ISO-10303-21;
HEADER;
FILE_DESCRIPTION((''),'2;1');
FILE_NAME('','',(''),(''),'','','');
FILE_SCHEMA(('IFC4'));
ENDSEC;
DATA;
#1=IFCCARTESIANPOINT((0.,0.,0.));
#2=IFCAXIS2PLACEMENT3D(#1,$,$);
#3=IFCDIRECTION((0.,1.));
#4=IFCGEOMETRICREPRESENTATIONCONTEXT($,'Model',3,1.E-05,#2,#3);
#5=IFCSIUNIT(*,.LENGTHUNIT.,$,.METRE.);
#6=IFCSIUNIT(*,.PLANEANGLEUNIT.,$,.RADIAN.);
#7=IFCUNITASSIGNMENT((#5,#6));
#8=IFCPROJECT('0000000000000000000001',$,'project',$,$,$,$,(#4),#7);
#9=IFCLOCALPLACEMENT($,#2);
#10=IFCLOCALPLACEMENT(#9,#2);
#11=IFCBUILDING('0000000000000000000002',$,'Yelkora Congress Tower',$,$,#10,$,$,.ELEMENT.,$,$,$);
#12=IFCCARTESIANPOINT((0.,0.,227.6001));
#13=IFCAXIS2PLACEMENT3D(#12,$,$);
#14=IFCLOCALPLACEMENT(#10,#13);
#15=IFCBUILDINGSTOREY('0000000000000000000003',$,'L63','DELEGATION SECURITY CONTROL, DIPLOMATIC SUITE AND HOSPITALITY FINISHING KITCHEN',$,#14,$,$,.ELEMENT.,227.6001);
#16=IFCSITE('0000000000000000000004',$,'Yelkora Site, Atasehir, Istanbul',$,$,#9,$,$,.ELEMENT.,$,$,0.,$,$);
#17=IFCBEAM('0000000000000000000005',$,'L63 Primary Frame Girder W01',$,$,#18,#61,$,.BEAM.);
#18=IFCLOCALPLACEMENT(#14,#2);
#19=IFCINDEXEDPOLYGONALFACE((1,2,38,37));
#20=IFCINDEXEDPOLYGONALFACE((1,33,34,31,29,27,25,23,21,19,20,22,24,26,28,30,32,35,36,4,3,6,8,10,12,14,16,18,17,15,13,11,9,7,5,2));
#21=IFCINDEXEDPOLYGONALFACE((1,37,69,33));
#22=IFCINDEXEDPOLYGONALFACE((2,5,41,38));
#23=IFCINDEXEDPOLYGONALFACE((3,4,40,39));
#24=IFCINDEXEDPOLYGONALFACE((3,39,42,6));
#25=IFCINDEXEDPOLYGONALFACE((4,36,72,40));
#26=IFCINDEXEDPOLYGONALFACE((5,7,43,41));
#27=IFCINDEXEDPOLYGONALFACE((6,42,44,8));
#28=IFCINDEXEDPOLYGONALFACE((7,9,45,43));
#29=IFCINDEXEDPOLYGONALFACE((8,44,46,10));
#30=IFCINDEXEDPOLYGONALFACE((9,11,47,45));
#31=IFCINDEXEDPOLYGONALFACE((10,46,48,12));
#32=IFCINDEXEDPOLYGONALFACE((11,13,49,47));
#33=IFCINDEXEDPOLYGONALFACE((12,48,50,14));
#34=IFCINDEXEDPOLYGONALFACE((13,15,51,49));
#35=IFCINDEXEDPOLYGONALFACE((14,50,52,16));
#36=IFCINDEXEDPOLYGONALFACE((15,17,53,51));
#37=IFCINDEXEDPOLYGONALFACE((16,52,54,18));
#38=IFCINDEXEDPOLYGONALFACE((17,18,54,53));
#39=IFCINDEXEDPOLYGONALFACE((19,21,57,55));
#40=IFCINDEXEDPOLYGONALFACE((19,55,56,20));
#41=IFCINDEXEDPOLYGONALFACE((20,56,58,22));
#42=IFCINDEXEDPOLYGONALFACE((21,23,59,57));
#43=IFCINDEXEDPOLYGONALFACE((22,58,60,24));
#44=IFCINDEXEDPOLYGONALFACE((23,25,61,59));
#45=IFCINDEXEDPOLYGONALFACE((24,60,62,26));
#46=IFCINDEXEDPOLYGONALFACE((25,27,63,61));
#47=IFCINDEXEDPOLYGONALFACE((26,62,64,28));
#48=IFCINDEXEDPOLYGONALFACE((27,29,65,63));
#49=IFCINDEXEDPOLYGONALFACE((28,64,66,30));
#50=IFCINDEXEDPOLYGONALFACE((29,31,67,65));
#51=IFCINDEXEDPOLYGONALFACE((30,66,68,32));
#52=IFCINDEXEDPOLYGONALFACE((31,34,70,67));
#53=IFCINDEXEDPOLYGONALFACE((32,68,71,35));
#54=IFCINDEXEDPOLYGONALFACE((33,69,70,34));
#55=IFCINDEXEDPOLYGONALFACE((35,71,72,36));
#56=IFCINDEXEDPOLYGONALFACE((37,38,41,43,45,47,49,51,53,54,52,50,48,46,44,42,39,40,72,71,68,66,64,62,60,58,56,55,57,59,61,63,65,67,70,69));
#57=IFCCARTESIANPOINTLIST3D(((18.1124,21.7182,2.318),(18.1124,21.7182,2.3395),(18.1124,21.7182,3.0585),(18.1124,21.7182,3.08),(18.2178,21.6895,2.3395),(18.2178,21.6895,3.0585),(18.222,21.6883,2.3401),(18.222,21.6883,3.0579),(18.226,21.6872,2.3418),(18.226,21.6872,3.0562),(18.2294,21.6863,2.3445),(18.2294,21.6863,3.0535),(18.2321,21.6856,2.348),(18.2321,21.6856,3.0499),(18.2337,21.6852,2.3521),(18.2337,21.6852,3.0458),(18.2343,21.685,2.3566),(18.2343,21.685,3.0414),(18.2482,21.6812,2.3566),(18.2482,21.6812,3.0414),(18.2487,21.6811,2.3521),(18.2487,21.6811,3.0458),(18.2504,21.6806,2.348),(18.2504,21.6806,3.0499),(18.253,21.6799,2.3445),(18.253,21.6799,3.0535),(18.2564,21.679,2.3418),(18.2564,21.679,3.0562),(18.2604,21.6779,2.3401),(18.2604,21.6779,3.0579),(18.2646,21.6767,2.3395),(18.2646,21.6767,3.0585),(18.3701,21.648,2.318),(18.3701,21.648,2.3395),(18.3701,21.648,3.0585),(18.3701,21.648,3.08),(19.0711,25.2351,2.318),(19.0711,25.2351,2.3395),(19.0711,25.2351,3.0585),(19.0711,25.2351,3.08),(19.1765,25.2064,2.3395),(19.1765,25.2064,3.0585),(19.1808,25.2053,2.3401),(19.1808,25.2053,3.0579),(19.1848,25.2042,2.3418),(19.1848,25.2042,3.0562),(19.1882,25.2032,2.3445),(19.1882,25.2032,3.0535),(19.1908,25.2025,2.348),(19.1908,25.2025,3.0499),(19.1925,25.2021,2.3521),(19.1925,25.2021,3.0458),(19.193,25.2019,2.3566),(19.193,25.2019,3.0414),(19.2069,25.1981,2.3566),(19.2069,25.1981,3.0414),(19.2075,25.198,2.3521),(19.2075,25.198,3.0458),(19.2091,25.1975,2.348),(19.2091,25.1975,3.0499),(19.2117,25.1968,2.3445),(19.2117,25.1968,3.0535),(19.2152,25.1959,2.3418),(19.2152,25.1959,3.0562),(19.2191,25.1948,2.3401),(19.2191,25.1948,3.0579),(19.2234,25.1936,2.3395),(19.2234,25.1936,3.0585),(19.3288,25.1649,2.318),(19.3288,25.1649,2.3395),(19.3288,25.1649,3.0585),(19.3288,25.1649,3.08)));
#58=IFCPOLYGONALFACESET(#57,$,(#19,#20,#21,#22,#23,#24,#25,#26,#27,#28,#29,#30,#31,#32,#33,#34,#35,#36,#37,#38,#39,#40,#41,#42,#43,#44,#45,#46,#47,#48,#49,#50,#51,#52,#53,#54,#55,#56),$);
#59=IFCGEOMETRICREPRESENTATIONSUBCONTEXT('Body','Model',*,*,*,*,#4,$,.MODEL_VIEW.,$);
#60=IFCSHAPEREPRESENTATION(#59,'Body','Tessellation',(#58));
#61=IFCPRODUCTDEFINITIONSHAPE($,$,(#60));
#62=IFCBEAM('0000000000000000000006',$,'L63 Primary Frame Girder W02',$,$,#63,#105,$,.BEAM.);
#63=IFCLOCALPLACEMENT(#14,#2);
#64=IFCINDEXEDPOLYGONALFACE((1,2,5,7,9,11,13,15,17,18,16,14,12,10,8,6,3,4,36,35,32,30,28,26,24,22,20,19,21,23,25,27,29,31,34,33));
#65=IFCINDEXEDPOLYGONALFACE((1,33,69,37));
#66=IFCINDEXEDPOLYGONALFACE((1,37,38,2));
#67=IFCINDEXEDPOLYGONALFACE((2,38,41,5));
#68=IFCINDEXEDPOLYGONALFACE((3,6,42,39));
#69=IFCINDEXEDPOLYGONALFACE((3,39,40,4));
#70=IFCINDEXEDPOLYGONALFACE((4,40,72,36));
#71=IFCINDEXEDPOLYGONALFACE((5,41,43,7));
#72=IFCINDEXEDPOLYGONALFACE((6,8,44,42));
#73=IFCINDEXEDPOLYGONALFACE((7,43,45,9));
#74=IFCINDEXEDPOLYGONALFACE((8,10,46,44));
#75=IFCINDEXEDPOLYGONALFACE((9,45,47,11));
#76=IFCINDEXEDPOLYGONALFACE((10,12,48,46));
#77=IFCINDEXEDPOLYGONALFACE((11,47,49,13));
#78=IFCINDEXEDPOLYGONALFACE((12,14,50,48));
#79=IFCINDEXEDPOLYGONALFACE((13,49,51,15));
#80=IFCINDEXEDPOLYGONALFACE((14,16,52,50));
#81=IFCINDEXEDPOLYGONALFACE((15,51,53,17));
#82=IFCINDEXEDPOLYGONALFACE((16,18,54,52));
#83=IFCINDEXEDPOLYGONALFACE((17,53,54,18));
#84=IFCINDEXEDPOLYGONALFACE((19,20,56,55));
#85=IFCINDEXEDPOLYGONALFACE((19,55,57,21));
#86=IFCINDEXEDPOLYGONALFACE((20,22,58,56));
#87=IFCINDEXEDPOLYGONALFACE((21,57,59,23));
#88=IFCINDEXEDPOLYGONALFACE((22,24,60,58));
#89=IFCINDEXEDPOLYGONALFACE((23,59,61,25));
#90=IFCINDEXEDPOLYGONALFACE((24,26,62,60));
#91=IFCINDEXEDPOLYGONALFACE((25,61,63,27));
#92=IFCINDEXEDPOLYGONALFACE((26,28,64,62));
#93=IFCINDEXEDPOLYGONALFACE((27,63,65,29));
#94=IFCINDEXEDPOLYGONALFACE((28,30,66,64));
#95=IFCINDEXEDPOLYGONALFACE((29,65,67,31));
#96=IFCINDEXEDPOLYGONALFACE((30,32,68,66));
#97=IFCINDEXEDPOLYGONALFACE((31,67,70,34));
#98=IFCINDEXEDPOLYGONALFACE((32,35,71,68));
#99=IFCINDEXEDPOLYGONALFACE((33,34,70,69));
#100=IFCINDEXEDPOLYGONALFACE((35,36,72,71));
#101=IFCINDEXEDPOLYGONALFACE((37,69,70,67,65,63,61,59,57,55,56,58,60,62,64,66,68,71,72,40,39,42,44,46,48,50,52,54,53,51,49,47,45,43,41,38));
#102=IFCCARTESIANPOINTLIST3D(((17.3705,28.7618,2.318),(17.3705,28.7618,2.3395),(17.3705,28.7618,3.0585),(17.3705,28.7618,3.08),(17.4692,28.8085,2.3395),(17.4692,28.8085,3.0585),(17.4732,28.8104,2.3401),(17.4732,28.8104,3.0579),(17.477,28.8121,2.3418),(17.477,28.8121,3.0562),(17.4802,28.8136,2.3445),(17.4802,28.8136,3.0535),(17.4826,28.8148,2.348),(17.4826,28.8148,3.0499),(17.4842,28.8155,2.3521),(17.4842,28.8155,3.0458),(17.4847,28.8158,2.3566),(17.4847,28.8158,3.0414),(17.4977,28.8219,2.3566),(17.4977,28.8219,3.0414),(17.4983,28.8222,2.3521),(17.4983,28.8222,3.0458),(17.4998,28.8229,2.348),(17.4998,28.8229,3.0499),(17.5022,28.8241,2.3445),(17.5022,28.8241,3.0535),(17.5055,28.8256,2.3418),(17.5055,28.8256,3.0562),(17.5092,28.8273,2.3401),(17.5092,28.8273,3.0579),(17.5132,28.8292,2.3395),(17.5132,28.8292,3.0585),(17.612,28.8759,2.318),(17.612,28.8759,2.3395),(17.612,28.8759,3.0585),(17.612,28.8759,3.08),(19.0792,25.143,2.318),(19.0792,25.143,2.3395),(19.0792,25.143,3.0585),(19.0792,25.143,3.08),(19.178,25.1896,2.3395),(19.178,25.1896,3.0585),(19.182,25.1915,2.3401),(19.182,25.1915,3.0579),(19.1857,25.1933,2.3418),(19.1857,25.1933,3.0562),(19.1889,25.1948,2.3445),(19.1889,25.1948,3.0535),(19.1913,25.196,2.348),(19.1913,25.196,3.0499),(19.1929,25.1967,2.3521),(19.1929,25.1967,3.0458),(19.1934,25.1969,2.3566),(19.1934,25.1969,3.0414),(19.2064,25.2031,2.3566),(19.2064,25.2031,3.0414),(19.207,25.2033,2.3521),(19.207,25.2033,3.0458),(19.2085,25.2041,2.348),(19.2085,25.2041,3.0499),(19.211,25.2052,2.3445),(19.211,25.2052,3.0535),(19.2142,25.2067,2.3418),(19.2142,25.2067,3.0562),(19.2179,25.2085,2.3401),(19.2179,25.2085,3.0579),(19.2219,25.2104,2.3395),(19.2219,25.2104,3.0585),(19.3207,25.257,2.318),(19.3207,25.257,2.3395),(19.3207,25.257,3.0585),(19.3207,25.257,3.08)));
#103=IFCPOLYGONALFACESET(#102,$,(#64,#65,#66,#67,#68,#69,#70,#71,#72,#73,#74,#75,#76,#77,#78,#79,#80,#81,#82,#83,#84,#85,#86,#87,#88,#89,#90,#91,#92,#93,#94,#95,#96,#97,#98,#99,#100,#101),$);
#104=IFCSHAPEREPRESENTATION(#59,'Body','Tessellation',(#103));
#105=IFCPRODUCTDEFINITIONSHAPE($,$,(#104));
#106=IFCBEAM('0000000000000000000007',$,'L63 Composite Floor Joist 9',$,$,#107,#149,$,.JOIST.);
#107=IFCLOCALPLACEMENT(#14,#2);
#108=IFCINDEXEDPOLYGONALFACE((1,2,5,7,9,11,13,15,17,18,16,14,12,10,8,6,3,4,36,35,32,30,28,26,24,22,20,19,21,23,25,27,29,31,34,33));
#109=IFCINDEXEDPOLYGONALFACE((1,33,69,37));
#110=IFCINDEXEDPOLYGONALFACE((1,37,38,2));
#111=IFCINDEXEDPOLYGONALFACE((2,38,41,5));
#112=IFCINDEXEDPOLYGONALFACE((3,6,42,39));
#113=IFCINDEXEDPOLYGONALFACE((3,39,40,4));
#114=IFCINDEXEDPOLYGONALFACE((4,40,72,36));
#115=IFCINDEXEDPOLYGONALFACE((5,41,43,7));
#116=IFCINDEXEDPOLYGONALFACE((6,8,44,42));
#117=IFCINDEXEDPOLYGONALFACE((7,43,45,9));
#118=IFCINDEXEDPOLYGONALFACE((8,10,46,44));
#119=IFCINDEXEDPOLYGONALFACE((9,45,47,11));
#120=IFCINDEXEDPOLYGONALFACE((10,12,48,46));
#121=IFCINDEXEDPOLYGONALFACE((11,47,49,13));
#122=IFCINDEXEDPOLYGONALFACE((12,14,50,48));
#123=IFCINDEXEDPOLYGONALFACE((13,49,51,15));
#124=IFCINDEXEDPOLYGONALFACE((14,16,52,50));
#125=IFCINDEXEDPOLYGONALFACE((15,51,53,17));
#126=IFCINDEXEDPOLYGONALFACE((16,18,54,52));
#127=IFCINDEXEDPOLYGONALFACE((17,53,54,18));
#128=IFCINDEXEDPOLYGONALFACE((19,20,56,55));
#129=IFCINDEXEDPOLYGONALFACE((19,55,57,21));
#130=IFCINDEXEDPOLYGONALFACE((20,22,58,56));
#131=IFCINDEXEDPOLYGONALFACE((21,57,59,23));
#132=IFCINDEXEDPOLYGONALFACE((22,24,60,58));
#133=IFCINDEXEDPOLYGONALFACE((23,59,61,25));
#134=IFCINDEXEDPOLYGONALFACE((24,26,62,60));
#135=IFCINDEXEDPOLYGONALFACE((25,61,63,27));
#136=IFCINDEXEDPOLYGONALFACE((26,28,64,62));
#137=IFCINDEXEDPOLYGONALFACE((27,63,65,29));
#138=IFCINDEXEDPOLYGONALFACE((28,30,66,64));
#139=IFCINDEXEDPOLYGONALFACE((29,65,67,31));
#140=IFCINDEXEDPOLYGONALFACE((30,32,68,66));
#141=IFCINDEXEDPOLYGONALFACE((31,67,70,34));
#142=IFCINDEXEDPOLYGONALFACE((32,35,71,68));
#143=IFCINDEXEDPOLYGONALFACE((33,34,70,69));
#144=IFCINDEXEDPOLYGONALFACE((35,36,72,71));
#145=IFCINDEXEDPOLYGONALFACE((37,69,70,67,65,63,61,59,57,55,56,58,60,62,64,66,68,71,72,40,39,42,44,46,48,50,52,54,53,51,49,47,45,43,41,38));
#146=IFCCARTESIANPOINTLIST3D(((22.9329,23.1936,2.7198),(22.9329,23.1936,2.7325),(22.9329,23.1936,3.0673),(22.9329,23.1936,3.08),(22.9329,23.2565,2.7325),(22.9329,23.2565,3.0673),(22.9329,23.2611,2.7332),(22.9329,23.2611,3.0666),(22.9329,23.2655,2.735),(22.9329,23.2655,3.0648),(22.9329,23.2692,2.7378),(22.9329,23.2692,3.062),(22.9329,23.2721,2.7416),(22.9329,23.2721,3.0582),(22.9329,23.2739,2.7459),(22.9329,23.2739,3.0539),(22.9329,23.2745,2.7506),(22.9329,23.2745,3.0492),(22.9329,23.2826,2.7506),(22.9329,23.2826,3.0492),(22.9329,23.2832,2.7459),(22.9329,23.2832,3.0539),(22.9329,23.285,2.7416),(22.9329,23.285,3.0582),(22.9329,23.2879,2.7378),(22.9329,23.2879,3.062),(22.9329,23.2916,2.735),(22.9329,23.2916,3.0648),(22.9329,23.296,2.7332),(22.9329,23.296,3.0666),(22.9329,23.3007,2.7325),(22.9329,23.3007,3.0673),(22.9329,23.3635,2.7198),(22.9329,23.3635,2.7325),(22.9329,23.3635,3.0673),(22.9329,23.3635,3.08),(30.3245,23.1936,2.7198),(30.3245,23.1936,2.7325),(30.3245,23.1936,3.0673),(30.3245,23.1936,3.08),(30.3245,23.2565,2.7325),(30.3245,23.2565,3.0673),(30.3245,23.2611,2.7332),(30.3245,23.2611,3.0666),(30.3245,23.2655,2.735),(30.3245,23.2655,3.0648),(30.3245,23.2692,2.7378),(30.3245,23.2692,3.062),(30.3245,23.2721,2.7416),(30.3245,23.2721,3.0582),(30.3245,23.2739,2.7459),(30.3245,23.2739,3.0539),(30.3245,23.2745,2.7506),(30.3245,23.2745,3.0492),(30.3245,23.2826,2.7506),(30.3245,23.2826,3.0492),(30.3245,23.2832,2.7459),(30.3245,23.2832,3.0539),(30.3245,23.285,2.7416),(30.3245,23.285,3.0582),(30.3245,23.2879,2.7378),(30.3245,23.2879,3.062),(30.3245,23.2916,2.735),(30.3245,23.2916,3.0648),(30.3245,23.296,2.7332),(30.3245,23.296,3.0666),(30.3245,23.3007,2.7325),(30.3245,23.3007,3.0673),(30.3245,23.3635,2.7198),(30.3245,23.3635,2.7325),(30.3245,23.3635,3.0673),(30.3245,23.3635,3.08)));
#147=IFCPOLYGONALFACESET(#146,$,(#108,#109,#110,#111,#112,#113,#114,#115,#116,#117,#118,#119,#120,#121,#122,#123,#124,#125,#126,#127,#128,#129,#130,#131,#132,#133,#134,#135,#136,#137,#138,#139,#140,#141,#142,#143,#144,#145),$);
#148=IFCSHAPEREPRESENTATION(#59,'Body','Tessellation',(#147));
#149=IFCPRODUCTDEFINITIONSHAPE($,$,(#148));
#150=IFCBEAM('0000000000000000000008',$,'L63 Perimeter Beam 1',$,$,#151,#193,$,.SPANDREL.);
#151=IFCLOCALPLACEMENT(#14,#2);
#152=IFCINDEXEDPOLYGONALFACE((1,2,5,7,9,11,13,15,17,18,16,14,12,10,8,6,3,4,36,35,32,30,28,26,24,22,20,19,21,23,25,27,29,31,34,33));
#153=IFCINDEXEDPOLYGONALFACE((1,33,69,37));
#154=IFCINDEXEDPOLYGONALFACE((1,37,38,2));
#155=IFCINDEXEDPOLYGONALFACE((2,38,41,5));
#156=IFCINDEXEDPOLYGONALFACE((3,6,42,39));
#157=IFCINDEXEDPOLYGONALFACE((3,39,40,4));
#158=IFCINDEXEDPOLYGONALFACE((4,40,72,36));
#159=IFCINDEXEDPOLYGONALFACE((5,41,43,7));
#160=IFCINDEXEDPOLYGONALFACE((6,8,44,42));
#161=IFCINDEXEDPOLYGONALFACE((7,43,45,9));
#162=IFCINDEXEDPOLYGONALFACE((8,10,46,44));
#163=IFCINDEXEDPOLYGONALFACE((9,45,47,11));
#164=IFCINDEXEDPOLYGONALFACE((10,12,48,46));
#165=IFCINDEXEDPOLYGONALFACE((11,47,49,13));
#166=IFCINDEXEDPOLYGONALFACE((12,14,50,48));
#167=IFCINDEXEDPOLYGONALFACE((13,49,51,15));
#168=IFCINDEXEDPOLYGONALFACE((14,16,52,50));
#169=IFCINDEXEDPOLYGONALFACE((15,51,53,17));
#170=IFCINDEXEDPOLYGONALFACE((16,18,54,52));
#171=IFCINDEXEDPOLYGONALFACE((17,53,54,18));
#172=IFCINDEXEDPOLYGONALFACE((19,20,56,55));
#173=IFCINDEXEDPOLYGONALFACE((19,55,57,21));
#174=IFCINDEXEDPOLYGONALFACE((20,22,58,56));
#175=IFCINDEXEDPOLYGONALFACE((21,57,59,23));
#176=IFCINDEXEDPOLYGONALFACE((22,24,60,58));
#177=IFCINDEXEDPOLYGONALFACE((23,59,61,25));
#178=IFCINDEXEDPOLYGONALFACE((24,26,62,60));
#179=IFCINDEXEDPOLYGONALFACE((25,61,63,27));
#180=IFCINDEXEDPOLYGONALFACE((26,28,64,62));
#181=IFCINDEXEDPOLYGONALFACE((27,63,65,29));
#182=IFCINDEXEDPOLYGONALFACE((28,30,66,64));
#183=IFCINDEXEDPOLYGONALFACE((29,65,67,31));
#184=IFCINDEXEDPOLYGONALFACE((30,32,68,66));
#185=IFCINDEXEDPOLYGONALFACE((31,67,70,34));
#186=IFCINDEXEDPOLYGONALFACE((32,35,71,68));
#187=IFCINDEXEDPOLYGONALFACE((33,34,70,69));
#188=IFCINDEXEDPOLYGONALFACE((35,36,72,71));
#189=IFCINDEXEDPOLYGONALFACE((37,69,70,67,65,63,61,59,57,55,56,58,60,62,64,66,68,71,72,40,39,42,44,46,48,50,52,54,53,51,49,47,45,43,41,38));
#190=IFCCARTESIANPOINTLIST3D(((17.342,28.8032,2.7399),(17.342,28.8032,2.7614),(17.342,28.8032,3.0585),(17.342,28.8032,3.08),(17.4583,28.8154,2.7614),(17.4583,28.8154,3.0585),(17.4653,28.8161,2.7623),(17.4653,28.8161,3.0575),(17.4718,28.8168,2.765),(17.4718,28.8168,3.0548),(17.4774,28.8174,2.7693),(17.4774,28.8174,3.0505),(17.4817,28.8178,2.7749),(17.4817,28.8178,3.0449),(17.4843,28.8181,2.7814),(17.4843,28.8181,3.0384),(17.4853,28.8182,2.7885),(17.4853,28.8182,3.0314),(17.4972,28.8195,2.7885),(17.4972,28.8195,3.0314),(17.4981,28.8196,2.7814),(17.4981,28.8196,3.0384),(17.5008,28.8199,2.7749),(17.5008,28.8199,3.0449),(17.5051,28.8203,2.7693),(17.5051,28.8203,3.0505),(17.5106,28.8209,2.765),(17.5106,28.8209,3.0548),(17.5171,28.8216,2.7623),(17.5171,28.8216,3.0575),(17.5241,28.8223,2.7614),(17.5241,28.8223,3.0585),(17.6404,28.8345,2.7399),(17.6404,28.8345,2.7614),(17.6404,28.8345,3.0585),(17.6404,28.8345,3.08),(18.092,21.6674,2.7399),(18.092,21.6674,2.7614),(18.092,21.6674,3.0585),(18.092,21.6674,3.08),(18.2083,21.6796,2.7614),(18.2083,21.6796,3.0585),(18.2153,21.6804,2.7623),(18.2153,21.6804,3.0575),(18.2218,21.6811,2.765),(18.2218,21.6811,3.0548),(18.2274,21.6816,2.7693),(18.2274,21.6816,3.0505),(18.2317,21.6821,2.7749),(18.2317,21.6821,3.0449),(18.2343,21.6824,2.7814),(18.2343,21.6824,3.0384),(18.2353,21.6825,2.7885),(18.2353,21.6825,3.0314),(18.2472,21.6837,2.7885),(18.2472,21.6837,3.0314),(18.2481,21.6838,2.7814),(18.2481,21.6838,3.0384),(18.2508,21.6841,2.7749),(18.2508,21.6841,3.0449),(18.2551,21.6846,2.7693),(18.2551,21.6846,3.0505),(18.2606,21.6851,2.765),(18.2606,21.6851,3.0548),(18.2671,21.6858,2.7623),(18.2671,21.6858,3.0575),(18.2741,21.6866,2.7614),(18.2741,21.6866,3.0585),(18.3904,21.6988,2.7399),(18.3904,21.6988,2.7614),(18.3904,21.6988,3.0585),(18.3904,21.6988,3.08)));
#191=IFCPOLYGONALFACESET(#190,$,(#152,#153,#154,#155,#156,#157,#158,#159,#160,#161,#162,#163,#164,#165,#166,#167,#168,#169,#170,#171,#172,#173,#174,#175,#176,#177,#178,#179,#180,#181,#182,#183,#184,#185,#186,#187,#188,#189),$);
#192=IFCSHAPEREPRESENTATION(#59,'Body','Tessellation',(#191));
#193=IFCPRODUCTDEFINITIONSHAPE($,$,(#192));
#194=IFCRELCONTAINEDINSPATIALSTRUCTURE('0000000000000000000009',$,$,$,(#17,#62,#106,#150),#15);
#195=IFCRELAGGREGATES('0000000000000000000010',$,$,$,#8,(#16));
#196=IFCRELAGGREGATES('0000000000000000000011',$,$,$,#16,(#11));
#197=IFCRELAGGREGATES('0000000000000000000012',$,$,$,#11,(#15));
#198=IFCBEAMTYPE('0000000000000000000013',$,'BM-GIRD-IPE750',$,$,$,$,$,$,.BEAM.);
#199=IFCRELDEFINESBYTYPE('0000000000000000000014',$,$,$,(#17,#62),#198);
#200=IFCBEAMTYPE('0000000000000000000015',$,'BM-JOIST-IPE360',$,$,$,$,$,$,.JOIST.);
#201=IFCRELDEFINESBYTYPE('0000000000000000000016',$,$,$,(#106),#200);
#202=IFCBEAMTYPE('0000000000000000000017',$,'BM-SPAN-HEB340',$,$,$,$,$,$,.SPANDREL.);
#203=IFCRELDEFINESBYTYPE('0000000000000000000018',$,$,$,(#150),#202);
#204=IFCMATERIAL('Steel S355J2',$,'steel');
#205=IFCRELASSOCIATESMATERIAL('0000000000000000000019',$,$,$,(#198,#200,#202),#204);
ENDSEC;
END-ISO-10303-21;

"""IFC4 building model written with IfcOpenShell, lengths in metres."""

from ifc_helpers import new_model, si_unit, direction, frame, origin, origin_2d, place, context, subcontext, project, spatial, i_section, extrude, material, material_profile, profile_set, type_object, element, save


model = new_model("IFC4")

# Units and contexts
model_context = context("Model", 3, precision=1e-05, world=origin(), true_north=direction((0.0, 1.0)))
body_context = subcontext(model_context, "Body", "Model", "MODEL_VIEW")
ifc_project = project(units=[si_unit("LENGTHUNIT", "METRE"), si_unit("PLANEANGLEUNIT", "RADIAN")], contexts=[model_context])

# Site, building, storey
site_placement = place(None, origin())
site = spatial("IfcSite", under=ifc_project, at=site_placement, Name="Yelkora Site, Atasehir, Istanbul", CompositionType="ELEMENT", RefElevation=0.0)
building_placement = place(site_placement, origin())
building = spatial("IfcBuilding", under=site, at=building_placement, Name="Yelkora Congress Tower", CompositionType="ELEMENT")
storey_placement = place(building_placement, frame((0.0, 0.0, 227.6001)))
storey = spatial("IfcBuildingStorey", under=building, at=storey_placement, Name="L63", Description="DELEGATION SECURITY CONTROL, DIPLOMATIC SUITE AND HOSPITALITY FINISHING KITCHEN", CompositionType="ELEMENT", Elevation=227.6001)

# Shared definitions
ifc_material_1 = material(Name="Steel S355J2", Category="steel")

# Beams
ifc_material_profile_1 = material_profile(ifc_material_1, i_section(OverallWidth=0.2671, OverallDepth=0.762, WebThickness=0.0144, FlangeThickness=0.0215, FilletRadius=0.0171, at=origin_2d()), Name="IPE 750x173")
ifc_profile_set_1 = profile_set([ifc_material_profile_1], Name="Steel S355J2")
beam_type_1 = type_object("IfcBeamType", Name="BM-GIRD-IPE750", PredefinedType="BEAM", material=ifc_profile_set_1)
beam_1_placement = place(storey_placement, frame((18.2412, 21.6831, 2.699), z_axis=(0.263015, 0.964792, 0.0), x_axis=(-0.964792, 0.263015, 0.0)))
element("IfcBeam", 1, at=beam_1_placement, inside=storey, type_object=beam_type_1, Name="L63 Primary Frame Girder W01", PredefinedType="BEAM", context=body_context, shape_type="SweptSolid", body=[
    extrude(i_section(OverallWidth=0.2671, OverallDepth=0.762, WebThickness=0.0144, FlangeThickness=0.0215, FilletRadius=0.0171, at=origin_2d()), origin(), (0.0, 0.0, 1.0), 3.6453),
])
beam_2_placement = place(storey_placement, frame((17.4912, 28.8188, 2.699), z_axis=(0.426969, -0.904266, 0.0), x_axis=(0.904266, 0.426969, 0.0)))
element("IfcBeam", 2, at=beam_2_placement, inside=storey, type_object=beam_type_1, Name="L63 Primary Frame Girder W02", PredefinedType="BEAM", context=body_context, shape_type="SweptSolid", body=[
    extrude(i_section(OverallWidth=0.2671, OverallDepth=0.762, WebThickness=0.0144, FlangeThickness=0.0215, FilletRadius=0.0171, at=origin_2d()), origin(), (0.0, 0.0, 1.0), 4.002),
])
ifc_material_profile_2 = material_profile(ifc_material_1, i_section(OverallWidth=0.1699, OverallDepth=0.3601, WebThickness=0.0081, FlangeThickness=0.0127, FilletRadius=0.0181, at=origin_2d()), Name="IPE 360")
ifc_profile_set_2 = profile_set([ifc_material_profile_2], Name="Steel S355J2")
beam_type_2 = type_object("IfcBeamType", Name="BM-JOIST-IPE360", PredefinedType="JOIST", material=ifc_profile_set_2)
beam_3_placement = place(storey_placement, frame((22.9329, 23.2786, 2.8999), z_axis=(1.0, 0.0, 0.0), x_axis=(0.0, 1.0, 0.0)))
element("IfcBeam", 3, at=beam_3_placement, inside=storey, type_object=beam_type_2, Name="L63 Composite Floor Joist 9", PredefinedType="JOIST", context=body_context, shape_type="SweptSolid", body=[
    extrude(i_section(OverallWidth=0.1699, OverallDepth=0.3601, WebThickness=0.0081, FlangeThickness=0.0127, FilletRadius=0.0181, at=origin_2d()), origin(), (0.0, 0.0, 1.0), 7.3916),
])
ifc_material_profile_3 = material_profile(ifc_material_1, i_section(OverallWidth=0.3, OverallDepth=0.3401, WebThickness=0.012, FlangeThickness=0.0215, FilletRadius=0.0271, at=origin_2d()), Name="HEB 340")
ifc_profile_set_3 = profile_set([ifc_material_profile_3], Name="Steel S355J2")
beam_type_3 = type_object("IfcBeamType", Name="BM-SPAN-HEB340", PredefinedType="SPANDREL", material=ifc_profile_set_3)
beam_4_placement = place(storey_placement, frame((17.4912, 28.8188, 2.9099), z_axis=(0.104529, -0.994522, 0.0), x_axis=(0.994522, 0.104529, 0.0)))
element("IfcBeam", 4, at=beam_4_placement, inside=storey, type_object=beam_type_3, Name="L63 Perimeter Beam 1", PredefinedType="SPANDREL", context=body_context, shape_type="SweptSolid", body=[
    extrude(i_section(OverallWidth=0.3, OverallDepth=0.3401, WebThickness=0.012, FlangeThickness=0.0215, FilletRadius=0.0271, at=origin_2d()), origin(), (0.0, 0.0, 1.0), 7.175),
])

save(model, "model.ifc")
